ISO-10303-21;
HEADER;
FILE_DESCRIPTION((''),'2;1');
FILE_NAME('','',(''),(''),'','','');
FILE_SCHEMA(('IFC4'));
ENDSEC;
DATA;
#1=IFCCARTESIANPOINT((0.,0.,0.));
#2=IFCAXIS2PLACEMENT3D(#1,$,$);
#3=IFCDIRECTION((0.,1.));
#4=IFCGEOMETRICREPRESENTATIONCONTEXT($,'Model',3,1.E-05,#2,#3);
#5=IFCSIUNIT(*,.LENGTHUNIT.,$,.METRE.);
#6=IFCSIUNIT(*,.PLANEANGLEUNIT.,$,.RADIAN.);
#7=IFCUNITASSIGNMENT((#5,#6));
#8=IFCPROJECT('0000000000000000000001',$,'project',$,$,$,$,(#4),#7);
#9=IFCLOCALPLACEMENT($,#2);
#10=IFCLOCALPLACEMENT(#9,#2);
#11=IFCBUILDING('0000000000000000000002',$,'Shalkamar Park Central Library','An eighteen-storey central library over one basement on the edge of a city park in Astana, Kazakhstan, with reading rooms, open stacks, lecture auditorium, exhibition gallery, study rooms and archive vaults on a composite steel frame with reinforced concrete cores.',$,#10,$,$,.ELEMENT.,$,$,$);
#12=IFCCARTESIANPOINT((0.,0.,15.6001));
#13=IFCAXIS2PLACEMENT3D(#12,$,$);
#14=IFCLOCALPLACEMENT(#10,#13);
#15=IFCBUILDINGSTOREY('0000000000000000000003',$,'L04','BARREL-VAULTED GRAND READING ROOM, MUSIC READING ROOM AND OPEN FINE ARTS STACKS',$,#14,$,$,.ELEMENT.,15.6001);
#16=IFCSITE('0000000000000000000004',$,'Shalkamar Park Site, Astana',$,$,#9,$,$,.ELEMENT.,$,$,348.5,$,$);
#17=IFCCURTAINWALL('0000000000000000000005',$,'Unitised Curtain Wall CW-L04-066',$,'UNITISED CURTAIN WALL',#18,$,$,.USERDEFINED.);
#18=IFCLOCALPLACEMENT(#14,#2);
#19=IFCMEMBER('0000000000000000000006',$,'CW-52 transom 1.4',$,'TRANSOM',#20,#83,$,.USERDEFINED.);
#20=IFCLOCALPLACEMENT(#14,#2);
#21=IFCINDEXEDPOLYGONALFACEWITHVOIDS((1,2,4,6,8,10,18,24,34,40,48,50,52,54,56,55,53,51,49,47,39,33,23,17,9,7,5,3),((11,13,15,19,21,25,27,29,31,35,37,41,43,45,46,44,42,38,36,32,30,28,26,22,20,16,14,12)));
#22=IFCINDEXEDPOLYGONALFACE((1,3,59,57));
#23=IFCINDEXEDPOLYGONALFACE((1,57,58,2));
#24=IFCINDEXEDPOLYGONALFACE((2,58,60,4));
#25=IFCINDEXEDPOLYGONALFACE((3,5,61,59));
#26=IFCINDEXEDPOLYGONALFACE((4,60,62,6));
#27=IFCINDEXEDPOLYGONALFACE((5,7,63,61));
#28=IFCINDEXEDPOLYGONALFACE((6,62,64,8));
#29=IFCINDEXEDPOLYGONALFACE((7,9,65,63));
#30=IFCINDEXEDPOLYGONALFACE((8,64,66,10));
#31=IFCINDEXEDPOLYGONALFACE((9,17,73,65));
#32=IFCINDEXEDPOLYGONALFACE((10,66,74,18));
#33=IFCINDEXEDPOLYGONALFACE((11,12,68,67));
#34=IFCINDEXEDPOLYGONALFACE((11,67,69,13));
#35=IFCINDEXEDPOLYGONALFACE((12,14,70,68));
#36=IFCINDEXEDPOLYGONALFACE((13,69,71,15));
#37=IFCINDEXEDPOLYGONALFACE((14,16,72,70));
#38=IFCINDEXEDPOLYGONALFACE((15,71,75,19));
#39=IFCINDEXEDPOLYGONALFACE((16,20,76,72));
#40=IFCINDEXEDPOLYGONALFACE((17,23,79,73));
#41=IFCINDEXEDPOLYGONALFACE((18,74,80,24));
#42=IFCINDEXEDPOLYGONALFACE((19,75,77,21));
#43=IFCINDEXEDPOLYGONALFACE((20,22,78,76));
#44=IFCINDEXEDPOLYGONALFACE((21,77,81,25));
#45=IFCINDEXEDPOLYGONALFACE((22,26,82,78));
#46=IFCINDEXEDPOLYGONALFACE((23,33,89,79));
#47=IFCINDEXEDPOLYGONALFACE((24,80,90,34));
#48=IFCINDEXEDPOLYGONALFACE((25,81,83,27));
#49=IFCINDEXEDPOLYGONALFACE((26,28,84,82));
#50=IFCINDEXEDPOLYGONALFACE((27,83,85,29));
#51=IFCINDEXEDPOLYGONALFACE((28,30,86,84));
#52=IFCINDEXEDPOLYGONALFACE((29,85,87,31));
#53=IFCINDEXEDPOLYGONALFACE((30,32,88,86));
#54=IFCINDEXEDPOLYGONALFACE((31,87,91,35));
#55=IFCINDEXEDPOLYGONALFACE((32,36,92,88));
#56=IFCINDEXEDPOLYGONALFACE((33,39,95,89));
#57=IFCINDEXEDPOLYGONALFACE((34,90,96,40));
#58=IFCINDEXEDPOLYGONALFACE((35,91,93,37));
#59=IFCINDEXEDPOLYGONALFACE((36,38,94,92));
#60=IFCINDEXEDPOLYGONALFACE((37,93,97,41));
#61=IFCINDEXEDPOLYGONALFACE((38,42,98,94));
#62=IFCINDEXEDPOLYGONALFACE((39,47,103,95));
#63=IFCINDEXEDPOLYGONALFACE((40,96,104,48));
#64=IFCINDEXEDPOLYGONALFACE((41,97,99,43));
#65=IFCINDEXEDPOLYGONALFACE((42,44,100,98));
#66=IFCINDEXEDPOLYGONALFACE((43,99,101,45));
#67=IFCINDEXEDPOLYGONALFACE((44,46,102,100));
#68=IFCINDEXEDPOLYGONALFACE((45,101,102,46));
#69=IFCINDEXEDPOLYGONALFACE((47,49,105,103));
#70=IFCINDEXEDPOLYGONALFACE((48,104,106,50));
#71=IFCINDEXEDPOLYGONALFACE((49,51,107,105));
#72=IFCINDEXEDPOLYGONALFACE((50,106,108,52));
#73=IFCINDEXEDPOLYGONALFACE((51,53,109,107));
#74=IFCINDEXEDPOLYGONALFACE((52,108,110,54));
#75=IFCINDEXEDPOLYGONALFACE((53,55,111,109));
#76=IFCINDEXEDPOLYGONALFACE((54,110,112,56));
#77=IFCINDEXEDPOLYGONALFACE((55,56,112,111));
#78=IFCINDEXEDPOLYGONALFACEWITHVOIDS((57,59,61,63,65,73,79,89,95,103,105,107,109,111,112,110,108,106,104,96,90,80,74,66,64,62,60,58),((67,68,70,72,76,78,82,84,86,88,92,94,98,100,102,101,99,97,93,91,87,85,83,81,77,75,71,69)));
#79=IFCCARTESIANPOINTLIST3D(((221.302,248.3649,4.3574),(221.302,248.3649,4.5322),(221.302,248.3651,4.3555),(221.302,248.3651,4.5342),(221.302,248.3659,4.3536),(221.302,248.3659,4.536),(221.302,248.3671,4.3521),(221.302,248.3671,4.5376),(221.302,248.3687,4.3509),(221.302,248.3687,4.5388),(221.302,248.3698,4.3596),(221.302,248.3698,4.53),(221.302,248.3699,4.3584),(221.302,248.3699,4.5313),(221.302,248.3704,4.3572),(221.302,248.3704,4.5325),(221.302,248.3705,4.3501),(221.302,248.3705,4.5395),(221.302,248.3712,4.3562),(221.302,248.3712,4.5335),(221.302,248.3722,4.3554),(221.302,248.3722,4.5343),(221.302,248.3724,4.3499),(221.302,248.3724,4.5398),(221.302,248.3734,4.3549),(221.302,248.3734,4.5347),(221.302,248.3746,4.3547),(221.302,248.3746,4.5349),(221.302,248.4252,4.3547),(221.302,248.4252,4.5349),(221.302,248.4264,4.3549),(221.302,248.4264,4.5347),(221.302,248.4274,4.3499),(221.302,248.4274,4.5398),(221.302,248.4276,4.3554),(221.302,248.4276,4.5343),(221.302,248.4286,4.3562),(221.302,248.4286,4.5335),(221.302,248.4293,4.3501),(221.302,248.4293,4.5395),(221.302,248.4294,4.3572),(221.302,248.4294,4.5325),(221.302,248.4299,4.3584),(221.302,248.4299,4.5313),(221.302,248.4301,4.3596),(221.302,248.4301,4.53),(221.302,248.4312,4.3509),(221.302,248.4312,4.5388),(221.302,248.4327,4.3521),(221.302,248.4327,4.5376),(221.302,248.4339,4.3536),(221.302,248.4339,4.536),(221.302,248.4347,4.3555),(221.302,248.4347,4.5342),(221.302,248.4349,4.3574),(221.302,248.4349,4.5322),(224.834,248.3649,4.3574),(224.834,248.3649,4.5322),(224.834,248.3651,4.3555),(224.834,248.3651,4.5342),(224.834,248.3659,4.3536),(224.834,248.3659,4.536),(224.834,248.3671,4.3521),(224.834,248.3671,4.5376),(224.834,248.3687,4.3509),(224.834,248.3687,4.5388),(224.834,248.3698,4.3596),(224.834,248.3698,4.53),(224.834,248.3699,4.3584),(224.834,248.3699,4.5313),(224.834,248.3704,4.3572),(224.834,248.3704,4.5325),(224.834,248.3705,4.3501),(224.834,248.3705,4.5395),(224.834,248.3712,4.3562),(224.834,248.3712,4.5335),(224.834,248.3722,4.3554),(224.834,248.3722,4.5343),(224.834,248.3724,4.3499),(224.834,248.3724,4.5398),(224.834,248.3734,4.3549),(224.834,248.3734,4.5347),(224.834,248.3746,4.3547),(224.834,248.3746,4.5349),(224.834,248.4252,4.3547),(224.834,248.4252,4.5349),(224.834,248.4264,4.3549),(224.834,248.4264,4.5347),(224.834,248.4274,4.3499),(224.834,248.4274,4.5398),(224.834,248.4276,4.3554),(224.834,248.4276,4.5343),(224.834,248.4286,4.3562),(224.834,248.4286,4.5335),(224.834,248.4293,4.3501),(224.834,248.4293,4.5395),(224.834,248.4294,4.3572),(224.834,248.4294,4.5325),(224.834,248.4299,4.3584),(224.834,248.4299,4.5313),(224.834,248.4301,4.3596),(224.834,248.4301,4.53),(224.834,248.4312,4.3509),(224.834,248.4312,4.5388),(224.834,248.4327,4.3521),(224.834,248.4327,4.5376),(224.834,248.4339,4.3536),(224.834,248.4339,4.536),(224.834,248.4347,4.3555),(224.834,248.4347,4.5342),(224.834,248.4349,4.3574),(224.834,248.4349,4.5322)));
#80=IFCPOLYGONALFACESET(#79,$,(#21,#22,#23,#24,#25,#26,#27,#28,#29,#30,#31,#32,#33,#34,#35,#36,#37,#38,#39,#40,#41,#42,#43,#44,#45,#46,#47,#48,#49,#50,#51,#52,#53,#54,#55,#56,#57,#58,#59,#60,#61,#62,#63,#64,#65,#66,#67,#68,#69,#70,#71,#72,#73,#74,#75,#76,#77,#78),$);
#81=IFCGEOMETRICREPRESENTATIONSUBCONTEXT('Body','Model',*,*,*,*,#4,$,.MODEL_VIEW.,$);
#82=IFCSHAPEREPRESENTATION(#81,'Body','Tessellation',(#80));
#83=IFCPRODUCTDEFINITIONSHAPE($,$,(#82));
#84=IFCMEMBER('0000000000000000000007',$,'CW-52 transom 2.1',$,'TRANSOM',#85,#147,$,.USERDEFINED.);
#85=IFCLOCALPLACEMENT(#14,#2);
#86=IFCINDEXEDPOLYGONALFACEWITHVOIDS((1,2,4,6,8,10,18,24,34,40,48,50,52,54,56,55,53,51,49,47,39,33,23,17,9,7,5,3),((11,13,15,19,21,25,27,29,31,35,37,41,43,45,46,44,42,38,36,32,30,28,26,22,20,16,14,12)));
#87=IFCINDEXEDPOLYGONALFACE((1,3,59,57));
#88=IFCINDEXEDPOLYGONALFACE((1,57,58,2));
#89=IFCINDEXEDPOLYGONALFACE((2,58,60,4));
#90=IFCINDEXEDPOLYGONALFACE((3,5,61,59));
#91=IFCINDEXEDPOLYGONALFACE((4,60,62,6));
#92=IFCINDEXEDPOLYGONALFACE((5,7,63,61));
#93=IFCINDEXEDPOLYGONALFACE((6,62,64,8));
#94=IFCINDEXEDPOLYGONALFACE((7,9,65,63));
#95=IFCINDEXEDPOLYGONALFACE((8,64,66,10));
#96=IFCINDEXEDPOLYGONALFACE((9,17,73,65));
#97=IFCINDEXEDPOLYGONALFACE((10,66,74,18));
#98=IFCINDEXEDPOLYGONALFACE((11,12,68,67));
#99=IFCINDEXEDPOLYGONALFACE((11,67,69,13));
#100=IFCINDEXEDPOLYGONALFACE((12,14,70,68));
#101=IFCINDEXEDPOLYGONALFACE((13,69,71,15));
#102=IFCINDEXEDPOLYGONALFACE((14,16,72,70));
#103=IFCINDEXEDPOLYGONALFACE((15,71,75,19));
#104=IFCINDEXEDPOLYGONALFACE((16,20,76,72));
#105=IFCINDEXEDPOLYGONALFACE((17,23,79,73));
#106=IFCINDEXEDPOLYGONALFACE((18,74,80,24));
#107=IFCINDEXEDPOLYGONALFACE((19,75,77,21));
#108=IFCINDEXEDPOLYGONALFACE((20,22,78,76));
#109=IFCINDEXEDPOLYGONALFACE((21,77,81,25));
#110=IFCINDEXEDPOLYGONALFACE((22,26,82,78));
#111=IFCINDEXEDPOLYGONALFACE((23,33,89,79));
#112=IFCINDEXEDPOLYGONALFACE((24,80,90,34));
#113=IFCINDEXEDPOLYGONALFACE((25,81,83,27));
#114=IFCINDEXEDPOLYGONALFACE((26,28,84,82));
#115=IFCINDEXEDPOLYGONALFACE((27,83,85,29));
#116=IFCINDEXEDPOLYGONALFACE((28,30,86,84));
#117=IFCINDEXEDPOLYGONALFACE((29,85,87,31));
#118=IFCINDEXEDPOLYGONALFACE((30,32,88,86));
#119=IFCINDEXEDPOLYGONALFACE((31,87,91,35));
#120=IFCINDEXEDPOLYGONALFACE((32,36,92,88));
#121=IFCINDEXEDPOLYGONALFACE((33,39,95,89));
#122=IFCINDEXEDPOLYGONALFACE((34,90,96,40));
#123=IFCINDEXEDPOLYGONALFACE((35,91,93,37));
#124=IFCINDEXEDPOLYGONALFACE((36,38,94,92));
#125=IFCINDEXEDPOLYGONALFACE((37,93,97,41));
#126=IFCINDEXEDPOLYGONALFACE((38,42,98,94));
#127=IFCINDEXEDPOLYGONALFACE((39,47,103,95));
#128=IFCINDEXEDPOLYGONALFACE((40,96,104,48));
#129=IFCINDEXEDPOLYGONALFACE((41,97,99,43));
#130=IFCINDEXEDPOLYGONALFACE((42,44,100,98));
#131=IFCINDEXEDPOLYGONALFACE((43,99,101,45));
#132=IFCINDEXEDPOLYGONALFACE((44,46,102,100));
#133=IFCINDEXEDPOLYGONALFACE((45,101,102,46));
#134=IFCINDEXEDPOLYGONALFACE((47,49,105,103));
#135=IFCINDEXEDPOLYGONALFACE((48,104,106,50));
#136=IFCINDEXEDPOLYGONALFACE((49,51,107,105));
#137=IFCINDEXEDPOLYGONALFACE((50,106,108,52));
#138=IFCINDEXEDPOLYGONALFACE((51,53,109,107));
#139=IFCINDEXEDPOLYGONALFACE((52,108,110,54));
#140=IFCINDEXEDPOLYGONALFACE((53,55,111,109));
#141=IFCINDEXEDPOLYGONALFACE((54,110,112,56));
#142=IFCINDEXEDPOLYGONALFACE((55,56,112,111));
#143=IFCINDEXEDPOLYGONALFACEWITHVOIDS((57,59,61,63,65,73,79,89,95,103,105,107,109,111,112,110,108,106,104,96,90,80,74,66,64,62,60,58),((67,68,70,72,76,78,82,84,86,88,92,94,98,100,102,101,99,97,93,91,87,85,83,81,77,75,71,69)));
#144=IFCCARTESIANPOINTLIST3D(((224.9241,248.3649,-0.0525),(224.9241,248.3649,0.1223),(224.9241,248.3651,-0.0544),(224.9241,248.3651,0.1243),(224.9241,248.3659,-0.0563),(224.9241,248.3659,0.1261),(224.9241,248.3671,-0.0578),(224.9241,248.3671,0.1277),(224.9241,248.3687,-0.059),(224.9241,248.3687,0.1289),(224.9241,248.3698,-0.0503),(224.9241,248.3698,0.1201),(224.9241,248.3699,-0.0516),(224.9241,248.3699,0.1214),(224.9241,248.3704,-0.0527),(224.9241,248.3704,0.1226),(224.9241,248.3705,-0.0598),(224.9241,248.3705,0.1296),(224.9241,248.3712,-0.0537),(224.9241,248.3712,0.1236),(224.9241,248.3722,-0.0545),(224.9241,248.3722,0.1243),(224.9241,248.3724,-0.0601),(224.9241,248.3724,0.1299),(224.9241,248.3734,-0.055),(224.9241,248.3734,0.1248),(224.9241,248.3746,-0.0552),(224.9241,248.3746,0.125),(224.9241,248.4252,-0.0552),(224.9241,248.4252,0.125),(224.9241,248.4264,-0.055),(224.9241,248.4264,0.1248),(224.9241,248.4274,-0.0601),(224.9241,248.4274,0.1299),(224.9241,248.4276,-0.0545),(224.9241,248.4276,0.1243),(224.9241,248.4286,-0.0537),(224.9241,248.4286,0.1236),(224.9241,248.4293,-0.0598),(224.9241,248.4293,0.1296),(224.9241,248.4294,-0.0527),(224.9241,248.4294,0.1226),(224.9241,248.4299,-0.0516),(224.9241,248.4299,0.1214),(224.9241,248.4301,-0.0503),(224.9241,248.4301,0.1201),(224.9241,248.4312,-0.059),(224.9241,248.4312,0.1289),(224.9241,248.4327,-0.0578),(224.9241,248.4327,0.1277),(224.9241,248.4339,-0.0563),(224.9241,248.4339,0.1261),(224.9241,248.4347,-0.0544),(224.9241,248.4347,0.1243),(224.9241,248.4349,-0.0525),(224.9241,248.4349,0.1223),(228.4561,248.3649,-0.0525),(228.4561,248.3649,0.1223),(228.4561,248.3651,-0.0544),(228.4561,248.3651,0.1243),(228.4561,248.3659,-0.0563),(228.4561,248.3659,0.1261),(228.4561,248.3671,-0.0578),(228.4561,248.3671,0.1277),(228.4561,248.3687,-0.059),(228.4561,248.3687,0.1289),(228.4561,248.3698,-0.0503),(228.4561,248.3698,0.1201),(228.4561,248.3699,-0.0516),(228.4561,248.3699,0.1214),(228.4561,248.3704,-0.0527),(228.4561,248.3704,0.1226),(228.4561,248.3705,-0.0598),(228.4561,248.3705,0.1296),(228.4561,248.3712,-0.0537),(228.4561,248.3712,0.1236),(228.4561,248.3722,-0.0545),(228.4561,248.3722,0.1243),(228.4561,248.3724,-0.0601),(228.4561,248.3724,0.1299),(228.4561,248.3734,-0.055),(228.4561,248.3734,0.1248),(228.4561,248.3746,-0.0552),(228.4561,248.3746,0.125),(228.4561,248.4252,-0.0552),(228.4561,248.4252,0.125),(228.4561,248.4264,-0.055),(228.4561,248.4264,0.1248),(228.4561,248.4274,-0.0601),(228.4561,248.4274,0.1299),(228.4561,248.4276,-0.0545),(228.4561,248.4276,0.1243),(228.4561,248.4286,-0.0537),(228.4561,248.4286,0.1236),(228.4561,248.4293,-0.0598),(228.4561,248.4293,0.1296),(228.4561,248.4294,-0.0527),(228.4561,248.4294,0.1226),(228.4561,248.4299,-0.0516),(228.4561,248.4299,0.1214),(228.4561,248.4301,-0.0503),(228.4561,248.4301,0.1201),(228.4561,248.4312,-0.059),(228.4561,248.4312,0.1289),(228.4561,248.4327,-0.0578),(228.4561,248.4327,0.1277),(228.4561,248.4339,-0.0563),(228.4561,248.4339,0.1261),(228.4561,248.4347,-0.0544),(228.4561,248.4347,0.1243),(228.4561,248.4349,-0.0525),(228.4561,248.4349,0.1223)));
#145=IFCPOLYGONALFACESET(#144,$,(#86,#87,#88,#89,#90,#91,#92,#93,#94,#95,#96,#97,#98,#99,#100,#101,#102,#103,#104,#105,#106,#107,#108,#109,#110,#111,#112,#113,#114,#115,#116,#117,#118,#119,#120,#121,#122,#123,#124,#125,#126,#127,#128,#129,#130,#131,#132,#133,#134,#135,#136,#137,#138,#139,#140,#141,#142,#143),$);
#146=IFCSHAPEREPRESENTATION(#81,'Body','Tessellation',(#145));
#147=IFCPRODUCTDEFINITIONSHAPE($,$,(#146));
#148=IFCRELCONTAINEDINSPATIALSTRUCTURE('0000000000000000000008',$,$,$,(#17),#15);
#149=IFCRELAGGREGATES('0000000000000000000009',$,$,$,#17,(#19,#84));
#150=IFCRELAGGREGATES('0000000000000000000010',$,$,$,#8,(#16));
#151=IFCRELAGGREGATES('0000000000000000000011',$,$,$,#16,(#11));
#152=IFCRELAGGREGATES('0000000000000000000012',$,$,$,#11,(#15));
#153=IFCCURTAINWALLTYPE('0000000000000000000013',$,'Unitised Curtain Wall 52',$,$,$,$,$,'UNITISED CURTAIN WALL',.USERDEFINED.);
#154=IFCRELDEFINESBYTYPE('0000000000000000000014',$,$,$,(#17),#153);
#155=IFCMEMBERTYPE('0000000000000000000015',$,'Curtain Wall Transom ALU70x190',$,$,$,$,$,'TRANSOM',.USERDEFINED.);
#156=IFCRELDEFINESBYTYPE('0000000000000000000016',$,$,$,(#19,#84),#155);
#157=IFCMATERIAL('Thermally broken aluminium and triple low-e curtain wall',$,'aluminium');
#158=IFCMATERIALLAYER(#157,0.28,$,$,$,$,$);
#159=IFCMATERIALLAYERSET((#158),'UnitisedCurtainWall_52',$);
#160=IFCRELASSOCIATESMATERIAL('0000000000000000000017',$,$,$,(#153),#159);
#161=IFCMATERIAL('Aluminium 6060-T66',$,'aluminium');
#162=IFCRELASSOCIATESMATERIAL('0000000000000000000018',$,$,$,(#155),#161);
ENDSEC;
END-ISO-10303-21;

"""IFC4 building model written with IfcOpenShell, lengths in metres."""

from ifc_helpers import new_model, si_unit, direction, frame, origin, origin_2d, place, context, subcontext, project, spatial, hollow_rectangle, extrude, material, layer, layer_set, material_profile, profile_set, type_object, element, aggregate, save


model = new_model("IFC4")

# Units and contexts
model_context = context("Model", 3, precision=1e-05, world=origin(), true_north=direction((0.0, 1.0)))
body_context = subcontext(model_context, "Body", "Model", "MODEL_VIEW")
ifc_project = project(units=[si_unit("LENGTHUNIT", "METRE"), si_unit("PLANEANGLEUNIT", "RADIAN")], contexts=[model_context])

# Site, building, storey
site_placement = place(None, origin())
site = spatial("IfcSite", under=ifc_project, at=site_placement, Name="Shalkamar Park Site, Astana", CompositionType="ELEMENT", RefElevation=348.5)
building_placement = place(site_placement, origin())
building = spatial("IfcBuilding", under=site, at=building_placement, Name="Shalkamar Park Central Library", Description="An eighteen-storey central library over one basement on the edge of a city park in Astana, Kazakhstan, with reading rooms, open stacks, lecture auditorium, exhibition gallery, study rooms and archive vaults on a composite steel frame with reinforced concrete cores.", CompositionType="ELEMENT")
storey_placement = place(building_placement, frame((0.0, 0.0, 15.6001)))
storey = spatial("IfcBuildingStorey", under=building, at=storey_placement, Name="L04", Description="BARREL-VAULTED GRAND READING ROOM, MUSIC READING ROOM AND OPEN FINE ARTS STACKS", CompositionType="ELEMENT", Elevation=15.6001)

# Curtain wall, members
ifc_material_1 = material(Name="Thermally broken aluminium and triple low-e curtain wall", Category="aluminium")
ifc_layer_1 = layer(ifc_material_1, 0.28)
ifc_layer_set_1 = layer_set([ifc_layer_1], Name="UnitisedCurtainWall_52")
curtain_wall_type = type_object("IfcCurtainWallType", Name="Unitised Curtain Wall 52", ElementType="UNITISED CURTAIN WALL", PredefinedType="USERDEFINED", material=ifc_layer_set_1)
curtain_wall_placement = place(storey_placement, origin())
curtain_wall = element("IfcCurtainWall", 1, at=curtain_wall_placement, inside=storey, type_object=curtain_wall_type, Name="Unitised Curtain Wall CW-L04-066", ObjectType="UNITISED CURTAIN WALL", PredefinedType="USERDEFINED")
ifc_material_2 = material(Name="Aluminium 6060-T66", Category="aluminium")
ifc_material_profile_1 = material_profile(ifc_material_2, hollow_rectangle(XDim=0.0701, YDim=0.1899, WallThickness=0.0049, InnerFilletRadius=0.0049, OuterFilletRadius=0.0076, at=origin_2d()), Name="ALU 70x190x5")
ifc_profile_set_1 = profile_set([ifc_material_profile_1], Name="Aluminium 6060-T66")
member_type_1 = type_object("IfcMemberType", Name="Curtain Wall Transom ALU70x190", ElementType="TRANSOM", PredefinedType="USERDEFINED", material=ifc_profile_set_1)
member_1_placement = place(storey_placement, frame((221.302, 248.3999, 4.4448), z_axis=(1.0, 0.0, 0.0), x_axis=(0.0, 1.0, 0.0)))
member_1 = element("IfcMember", 2, at=member_1_placement, type_object=member_type_1, Name="CW-52 transom 1.4", ObjectType="TRANSOM", PredefinedType="USERDEFINED", context=body_context, shape_type="SweptSolid", body=[
    extrude(hollow_rectangle(XDim=0.0701, YDim=0.1899, WallThickness=0.0049, InnerFilletRadius=0.0049, OuterFilletRadius=0.0076, at=origin_2d()), origin(), (0.0, 0.0, 1.0), 3.532),
])
member_2_placement = place(storey_placement, frame((224.9241, 248.3999, 0.0349), z_axis=(1.0, 0.0, 0.0), x_axis=(0.0, 1.0, 0.0)))
member_2 = element("IfcMember", 3, at=member_2_placement, type_object=member_type_1, Name="CW-52 transom 2.1", ObjectType="TRANSOM", PredefinedType="USERDEFINED", context=body_context, shape_type="SweptSolid", body=[
    extrude(hollow_rectangle(XDim=0.0701, YDim=0.1899, WallThickness=0.0049, InnerFilletRadius=0.0049, OuterFilletRadius=0.0076, at=origin_2d()), origin(), (0.0, 0.0, 1.0), 3.532),
])

aggregate(curtain_wall, [member_1, member_2])

save(model, "model.ifc")
